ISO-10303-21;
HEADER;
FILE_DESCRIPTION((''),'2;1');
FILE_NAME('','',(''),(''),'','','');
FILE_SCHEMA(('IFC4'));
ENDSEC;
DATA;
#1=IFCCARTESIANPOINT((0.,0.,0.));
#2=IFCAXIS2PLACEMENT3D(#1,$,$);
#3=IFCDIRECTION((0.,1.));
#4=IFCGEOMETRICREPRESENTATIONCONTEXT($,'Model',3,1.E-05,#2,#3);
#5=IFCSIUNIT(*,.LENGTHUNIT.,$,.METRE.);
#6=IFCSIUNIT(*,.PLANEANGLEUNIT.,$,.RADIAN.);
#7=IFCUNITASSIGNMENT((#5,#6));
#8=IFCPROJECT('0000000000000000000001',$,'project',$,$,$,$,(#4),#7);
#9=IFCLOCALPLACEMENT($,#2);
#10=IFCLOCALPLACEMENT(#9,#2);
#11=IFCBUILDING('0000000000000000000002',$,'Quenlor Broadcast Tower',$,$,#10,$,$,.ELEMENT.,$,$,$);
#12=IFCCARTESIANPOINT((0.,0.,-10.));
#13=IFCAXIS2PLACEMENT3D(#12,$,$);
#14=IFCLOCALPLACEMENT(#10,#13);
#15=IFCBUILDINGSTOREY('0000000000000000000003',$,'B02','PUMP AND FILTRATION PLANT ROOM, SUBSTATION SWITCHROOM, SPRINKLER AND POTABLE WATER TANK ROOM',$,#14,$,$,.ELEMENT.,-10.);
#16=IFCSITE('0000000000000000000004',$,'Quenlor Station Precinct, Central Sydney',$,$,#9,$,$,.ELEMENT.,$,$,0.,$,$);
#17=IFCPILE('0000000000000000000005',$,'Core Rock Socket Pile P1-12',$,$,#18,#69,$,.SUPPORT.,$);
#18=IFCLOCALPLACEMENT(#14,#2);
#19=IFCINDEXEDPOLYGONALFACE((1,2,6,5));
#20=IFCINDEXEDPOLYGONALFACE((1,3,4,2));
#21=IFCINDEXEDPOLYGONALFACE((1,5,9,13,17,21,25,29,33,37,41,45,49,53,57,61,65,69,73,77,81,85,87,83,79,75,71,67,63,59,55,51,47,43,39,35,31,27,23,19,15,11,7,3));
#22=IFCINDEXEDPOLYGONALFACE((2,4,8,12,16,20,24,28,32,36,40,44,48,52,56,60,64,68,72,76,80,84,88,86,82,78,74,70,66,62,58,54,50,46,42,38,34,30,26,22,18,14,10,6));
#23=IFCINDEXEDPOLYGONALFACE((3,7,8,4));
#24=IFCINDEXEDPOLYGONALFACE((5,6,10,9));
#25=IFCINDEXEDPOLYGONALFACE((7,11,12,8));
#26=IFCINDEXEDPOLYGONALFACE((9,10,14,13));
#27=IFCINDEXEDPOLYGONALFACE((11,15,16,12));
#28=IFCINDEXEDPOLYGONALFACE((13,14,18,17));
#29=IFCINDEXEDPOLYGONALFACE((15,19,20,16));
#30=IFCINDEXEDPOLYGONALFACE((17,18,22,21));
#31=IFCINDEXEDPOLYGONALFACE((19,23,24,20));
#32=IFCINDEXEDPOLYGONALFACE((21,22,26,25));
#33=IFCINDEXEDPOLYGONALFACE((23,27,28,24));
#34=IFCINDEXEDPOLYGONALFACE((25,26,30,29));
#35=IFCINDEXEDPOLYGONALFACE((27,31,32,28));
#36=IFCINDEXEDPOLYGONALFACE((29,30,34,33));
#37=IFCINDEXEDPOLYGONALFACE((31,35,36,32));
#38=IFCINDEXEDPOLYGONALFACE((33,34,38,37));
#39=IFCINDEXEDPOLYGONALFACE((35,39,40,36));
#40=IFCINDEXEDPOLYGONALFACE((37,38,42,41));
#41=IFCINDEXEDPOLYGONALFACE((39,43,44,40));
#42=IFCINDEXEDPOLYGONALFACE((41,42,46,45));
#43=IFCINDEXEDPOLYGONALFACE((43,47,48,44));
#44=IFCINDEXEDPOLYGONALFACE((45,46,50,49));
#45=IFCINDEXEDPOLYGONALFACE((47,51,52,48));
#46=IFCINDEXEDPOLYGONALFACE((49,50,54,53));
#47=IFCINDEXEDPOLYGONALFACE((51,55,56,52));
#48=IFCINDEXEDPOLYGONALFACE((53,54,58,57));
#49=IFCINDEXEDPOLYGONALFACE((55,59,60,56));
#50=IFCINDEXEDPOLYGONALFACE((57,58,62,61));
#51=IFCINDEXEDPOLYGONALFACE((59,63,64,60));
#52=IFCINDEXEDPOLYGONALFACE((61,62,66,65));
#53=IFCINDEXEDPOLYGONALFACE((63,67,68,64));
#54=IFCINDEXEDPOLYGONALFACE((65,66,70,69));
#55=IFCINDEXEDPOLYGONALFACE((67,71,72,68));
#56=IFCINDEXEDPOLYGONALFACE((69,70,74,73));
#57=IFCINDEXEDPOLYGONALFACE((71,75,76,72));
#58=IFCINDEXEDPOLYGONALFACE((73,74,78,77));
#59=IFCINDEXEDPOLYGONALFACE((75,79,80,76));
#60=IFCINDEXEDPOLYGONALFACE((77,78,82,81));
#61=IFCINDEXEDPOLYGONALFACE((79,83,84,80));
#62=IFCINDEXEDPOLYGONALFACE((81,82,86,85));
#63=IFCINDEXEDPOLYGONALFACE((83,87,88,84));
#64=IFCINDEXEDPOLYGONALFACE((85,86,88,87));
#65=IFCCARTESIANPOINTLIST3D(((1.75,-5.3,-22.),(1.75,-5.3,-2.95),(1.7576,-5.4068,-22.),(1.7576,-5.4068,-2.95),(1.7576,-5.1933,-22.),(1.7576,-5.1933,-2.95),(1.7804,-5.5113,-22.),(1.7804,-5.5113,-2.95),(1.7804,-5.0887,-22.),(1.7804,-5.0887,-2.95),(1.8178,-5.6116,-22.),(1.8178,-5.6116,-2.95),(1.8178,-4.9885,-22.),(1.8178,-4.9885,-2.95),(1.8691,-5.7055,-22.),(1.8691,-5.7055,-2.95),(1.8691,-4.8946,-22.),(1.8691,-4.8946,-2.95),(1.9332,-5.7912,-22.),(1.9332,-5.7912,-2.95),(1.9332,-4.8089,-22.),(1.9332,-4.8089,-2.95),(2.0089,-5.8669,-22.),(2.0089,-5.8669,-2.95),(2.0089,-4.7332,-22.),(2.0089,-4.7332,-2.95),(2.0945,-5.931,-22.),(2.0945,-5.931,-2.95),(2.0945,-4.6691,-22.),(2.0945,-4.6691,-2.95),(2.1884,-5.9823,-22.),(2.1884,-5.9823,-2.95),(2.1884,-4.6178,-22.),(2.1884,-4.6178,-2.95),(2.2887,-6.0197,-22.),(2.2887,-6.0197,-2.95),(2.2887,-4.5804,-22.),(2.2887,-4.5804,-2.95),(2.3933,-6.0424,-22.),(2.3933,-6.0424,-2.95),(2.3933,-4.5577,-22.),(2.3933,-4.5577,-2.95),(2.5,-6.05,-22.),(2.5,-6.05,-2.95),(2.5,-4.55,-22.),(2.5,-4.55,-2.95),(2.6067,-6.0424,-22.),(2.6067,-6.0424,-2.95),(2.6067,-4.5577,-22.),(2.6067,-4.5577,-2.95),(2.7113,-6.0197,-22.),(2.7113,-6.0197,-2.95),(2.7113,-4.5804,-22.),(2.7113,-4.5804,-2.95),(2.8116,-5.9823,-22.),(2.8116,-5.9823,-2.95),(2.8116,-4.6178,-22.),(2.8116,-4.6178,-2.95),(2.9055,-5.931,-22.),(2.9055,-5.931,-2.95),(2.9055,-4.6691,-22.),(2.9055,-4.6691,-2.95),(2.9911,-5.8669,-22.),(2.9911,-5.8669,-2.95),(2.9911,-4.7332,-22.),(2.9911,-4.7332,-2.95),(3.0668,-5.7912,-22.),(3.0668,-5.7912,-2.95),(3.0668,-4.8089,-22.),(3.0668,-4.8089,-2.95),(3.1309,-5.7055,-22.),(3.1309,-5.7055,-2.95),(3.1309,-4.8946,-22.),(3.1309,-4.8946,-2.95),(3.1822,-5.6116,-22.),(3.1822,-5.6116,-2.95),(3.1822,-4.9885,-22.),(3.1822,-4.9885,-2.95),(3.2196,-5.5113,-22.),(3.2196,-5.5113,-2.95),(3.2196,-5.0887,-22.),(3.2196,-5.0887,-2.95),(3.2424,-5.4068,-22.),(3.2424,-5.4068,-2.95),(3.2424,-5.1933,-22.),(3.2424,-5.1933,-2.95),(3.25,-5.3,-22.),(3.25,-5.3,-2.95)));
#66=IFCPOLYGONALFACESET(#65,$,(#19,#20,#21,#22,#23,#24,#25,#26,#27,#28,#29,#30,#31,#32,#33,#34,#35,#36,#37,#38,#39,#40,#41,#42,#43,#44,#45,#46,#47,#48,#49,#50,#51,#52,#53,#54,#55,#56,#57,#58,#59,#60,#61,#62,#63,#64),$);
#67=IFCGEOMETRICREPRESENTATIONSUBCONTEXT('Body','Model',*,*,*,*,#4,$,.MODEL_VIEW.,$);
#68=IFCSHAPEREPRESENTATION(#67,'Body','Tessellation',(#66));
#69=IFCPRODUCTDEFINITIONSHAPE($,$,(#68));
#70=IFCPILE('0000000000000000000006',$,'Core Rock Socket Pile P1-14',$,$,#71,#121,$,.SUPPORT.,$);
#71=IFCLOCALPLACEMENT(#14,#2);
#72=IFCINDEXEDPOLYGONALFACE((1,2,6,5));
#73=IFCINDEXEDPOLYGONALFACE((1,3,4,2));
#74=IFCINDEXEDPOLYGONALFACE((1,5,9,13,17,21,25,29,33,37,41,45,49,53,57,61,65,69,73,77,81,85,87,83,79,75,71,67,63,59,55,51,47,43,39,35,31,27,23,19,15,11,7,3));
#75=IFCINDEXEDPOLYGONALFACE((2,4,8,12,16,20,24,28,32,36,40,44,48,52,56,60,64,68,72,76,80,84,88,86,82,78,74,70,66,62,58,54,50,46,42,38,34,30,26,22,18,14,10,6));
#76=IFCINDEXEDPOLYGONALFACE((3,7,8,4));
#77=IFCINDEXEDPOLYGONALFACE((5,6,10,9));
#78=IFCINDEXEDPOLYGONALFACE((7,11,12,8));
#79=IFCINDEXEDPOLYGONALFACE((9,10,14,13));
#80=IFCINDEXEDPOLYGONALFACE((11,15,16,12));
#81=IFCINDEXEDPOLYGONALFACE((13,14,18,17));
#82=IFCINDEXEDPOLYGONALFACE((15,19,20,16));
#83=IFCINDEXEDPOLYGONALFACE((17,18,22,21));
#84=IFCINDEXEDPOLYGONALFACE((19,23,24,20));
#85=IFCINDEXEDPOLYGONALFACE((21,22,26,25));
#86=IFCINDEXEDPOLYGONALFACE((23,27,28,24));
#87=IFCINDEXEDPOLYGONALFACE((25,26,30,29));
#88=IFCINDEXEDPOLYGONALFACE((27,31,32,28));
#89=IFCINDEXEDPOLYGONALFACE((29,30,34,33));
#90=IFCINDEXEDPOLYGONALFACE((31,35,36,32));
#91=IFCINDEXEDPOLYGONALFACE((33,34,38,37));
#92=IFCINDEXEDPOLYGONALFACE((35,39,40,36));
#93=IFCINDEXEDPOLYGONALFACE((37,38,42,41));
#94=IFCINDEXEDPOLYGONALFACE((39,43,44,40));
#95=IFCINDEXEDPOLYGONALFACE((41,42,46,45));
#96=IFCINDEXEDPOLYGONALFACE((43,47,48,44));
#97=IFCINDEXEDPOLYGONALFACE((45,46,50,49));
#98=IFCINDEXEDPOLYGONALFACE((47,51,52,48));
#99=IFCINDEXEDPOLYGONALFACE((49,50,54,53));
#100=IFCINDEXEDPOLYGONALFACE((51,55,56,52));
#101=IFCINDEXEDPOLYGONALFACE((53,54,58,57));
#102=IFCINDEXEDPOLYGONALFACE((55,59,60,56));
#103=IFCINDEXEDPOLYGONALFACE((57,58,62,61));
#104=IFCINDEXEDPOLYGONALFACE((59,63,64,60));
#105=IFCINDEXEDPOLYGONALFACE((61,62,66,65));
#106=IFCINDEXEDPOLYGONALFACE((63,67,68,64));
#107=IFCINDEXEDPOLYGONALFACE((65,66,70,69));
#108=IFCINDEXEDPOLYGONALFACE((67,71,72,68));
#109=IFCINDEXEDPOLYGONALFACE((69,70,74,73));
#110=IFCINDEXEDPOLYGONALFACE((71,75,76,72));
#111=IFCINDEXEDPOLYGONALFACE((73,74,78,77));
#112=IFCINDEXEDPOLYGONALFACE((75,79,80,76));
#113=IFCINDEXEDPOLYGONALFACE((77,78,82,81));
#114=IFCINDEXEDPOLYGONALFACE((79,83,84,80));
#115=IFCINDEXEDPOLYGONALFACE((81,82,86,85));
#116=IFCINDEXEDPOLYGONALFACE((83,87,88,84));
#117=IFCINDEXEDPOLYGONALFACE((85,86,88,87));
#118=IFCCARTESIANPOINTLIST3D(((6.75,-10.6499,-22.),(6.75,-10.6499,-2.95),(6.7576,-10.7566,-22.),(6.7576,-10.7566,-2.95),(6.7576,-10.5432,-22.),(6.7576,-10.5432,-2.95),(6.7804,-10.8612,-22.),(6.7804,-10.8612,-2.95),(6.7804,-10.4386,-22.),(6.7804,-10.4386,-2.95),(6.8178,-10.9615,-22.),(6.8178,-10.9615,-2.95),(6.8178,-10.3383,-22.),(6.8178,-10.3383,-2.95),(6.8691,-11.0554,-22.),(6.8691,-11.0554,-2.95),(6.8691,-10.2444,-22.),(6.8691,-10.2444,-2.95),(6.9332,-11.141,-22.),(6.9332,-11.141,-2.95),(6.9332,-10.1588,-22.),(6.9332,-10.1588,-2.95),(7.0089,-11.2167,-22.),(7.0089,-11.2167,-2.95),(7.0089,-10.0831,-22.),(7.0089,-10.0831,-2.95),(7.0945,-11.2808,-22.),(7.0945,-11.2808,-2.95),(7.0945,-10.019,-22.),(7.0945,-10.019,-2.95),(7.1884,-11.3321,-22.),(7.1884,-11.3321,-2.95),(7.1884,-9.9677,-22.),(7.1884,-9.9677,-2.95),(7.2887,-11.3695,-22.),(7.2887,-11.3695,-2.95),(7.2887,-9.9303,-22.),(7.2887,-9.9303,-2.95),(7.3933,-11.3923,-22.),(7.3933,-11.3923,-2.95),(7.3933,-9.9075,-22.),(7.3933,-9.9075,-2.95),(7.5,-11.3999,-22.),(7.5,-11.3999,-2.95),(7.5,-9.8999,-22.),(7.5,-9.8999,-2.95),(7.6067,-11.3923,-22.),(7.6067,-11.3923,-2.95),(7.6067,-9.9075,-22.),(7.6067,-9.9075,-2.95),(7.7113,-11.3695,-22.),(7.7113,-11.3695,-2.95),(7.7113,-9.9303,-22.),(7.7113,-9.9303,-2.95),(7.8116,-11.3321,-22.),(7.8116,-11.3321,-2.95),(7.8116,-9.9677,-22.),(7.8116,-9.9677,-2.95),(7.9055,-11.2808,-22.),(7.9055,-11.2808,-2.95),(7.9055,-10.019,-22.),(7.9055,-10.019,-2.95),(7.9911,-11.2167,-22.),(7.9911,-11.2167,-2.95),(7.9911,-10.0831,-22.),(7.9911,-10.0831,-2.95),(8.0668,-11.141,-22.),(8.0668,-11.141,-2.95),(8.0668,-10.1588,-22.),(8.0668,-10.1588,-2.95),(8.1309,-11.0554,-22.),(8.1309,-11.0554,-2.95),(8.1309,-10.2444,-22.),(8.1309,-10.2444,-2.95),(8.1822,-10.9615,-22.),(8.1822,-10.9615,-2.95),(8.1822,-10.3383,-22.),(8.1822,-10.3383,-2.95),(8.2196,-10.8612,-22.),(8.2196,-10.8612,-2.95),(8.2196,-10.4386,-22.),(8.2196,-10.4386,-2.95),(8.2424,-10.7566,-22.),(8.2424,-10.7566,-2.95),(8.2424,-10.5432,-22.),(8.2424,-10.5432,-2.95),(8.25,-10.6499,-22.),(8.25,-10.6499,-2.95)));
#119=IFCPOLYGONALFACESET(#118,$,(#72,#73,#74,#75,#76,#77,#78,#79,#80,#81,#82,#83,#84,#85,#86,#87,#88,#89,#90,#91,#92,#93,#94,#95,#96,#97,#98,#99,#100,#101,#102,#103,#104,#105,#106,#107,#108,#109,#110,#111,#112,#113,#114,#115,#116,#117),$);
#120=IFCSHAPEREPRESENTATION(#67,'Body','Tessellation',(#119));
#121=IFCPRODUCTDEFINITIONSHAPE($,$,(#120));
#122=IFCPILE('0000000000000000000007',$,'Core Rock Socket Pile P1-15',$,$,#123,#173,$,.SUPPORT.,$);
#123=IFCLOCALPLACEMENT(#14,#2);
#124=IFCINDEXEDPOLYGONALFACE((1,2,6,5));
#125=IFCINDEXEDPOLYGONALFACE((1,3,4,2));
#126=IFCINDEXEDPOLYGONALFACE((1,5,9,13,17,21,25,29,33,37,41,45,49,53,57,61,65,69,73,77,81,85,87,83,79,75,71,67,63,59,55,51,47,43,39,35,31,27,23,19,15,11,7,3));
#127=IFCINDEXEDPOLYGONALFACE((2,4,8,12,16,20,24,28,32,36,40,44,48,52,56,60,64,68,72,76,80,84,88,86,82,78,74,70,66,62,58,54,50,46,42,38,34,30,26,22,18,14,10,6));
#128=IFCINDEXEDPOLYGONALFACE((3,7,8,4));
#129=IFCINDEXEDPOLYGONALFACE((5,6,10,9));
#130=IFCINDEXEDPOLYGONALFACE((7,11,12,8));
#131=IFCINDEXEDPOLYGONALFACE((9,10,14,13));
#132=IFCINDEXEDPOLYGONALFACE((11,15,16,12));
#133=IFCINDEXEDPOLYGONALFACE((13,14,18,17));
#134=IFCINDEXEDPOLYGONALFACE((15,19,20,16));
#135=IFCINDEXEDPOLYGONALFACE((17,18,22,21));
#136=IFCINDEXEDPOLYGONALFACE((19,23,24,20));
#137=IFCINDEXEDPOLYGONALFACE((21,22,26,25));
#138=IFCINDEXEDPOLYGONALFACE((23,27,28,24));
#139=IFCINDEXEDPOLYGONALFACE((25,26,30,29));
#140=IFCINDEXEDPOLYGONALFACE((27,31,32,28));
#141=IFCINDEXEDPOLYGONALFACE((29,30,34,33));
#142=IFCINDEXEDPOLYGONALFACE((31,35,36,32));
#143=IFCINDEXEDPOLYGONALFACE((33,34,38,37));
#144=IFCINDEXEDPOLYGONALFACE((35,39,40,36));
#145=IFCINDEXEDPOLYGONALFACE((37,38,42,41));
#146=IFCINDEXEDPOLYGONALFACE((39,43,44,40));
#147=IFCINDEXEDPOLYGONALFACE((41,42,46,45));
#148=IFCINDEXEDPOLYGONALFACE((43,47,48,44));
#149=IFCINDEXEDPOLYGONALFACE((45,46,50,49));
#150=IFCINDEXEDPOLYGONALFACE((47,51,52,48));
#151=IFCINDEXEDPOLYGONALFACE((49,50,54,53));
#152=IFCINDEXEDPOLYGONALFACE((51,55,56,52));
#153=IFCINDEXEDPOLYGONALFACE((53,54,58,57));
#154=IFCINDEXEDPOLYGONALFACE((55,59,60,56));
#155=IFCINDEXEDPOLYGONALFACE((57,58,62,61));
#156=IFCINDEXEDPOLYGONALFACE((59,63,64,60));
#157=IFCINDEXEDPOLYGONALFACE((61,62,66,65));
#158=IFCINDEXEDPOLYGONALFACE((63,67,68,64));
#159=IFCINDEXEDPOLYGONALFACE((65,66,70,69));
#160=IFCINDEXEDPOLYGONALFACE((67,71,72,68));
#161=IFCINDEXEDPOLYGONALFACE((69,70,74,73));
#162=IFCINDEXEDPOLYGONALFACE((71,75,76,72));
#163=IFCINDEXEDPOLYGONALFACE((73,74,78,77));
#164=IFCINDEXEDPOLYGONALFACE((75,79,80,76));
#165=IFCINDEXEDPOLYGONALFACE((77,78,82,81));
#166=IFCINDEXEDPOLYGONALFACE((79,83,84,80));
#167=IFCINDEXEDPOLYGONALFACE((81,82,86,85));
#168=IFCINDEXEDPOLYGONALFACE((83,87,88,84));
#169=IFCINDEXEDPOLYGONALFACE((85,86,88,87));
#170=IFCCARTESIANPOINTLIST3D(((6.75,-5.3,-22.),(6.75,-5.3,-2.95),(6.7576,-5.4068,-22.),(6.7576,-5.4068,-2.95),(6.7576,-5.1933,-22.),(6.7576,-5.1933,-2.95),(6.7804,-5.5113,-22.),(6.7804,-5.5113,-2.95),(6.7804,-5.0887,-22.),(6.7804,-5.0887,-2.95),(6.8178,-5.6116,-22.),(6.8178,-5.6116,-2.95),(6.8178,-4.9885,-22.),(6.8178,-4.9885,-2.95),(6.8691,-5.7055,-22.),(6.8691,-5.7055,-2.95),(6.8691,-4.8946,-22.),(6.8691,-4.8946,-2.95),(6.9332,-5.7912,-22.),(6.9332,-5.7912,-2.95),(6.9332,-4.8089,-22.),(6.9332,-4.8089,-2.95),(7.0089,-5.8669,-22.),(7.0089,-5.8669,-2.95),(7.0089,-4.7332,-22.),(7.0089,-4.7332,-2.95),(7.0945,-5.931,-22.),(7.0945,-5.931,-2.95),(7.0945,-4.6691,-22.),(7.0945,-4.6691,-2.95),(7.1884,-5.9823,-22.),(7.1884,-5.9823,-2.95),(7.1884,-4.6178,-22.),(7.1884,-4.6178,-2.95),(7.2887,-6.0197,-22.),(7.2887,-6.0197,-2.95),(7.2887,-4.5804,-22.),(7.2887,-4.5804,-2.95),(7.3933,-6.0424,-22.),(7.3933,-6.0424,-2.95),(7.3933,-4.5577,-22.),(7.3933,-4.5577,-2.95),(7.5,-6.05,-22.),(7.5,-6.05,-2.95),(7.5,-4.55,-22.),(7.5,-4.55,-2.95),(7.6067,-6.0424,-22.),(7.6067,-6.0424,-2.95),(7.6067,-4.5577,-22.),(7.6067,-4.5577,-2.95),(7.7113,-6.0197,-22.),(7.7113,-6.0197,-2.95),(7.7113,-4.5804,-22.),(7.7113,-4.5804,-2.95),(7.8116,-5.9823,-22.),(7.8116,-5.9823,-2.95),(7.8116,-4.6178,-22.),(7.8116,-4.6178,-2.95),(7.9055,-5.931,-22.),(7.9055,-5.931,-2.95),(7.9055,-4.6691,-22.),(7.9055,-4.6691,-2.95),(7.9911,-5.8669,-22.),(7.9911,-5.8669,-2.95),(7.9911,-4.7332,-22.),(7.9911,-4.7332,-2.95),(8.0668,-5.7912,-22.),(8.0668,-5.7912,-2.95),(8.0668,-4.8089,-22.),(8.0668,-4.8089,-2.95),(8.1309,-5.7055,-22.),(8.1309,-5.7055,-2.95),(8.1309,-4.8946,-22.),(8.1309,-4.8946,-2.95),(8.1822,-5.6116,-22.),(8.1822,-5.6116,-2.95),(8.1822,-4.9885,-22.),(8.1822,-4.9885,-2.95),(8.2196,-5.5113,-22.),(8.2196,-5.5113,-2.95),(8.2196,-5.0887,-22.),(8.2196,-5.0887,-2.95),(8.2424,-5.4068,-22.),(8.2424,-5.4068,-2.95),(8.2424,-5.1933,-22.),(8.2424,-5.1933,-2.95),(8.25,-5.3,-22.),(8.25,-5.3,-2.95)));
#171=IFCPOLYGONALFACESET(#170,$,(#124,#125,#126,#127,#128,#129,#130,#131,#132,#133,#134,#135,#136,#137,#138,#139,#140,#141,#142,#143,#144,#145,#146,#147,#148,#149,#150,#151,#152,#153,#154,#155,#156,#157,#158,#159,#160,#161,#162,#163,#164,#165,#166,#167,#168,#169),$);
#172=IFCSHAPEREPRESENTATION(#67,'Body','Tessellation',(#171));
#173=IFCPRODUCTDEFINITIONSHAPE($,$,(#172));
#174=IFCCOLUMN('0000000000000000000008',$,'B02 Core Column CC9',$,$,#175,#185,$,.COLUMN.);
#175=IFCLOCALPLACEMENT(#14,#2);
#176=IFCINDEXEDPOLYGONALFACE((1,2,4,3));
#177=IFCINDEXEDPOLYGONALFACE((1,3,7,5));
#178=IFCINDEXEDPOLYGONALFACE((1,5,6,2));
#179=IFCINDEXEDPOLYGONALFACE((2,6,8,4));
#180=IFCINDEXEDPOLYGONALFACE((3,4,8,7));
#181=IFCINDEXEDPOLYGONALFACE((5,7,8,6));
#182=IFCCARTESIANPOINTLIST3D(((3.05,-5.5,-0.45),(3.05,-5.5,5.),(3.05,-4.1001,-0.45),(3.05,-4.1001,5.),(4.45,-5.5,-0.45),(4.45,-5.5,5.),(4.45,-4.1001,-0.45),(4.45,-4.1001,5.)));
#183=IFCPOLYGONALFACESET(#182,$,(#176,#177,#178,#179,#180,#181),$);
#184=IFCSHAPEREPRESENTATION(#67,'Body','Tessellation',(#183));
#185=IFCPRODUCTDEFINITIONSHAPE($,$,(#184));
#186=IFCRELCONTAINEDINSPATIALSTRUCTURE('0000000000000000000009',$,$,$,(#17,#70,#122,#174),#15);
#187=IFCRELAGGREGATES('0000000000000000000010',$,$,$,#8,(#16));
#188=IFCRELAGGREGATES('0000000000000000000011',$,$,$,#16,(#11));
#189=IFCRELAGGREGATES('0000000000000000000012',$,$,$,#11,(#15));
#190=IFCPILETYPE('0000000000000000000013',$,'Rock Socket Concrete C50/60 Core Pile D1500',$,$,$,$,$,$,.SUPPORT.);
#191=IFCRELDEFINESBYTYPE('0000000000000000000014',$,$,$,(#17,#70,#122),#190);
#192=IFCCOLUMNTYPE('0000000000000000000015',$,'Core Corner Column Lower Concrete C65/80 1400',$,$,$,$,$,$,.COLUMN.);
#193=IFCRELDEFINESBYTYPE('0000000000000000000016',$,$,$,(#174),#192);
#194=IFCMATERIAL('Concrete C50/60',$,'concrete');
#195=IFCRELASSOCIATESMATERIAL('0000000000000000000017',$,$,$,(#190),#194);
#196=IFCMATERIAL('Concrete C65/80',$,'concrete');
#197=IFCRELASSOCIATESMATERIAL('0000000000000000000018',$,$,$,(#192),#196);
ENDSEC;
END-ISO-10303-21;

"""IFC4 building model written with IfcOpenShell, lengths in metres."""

from ifc_helpers import new_model, si_unit, direction, frame, origin, origin_2d, place, context, subcontext, project, spatial, rectangle, circle, extrude, material, material_profile, profile_set, type_object, element, save


model = new_model("IFC4")

# Units and contexts
model_context = context("Model", 3, precision=1e-05, world=origin(), true_north=direction((0.0, 1.0)))
body_context = subcontext(model_context, "Body", "Model", "MODEL_VIEW")
ifc_project = project(units=[si_unit("LENGTHUNIT", "METRE"), si_unit("PLANEANGLEUNIT", "RADIAN")], contexts=[model_context])

# Site, building, storey
site_placement = place(None, origin())
site = spatial("IfcSite", under=ifc_project, at=site_placement, Name="Quenlor Station Precinct, Central Sydney", CompositionType="ELEMENT", RefElevation=0.0)
building_placement = place(site_placement, origin())
building = spatial("IfcBuilding", under=site, at=building_placement, Name="Quenlor Broadcast Tower", CompositionType="ELEMENT")
storey_placement = place(building_placement, frame((0.0, 0.0, -10.0)))
storey = spatial("IfcBuildingStorey", under=building, at=storey_placement, Name="B02", Description="PUMP AND FILTRATION PLANT ROOM, SUBSTATION SWITCHROOM, SPRINKLER AND POTABLE WATER TANK ROOM", CompositionType="ELEMENT", Elevation=-10.0)

# Piles
ifc_material_1 = material(Name="Concrete C50/60", Category="concrete")
ifc_material_profile_1 = material_profile(ifc_material_1, circle(Radius=0.75, at=origin_2d()))
ifc_profile_set_1 = profile_set([ifc_material_profile_1], Name="Concrete C50/60 PILE1500")
pile_type = type_object("IfcPileType", Name="Rock Socket Concrete C50/60 Core Pile D1500", PredefinedType="SUPPORT", material=ifc_profile_set_1)
for number, where, z_axis, x_axis, name in (
    (1, (2.5, -5.3, -2.95), (0.0, 0.0, -1.0), (1.0, 0.0, 0.0), "Core Rock Socket Pile P1-12"),
    (2, (7.5, -10.6499, -2.95), (0.0, 0.0, -1.0), (1.0, 0.0, 0.0), "Core Rock Socket Pile P1-14"),
    (3, (7.5, -5.3, -2.95), (0.0, 0.0, -1.0), (1.0, 0.0, 0.0), "Core Rock Socket Pile P1-15"),
):
    element("IfcPile", number, at=place(storey_placement, frame(where, z_axis=z_axis, x_axis=x_axis)), inside=storey, type_object=pile_type, Name=name, PredefinedType="SUPPORT", context=body_context, shape_type="SweptSolid", body=[
        extrude(circle(Radius=0.75, at=origin_2d()), origin(), (0.0, 0.0, 1.0), 19.05),
    ])

# Column
ifc_material_2 = material(Name="Concrete C65/80", Category="concrete")
ifc_material_profile_2 = material_profile(ifc_material_2, rectangle(XDim=1.3999, YDim=1.3999, at=origin_2d()))
ifc_profile_set_2 = profile_set([ifc_material_profile_2], Name="Concrete C65/80 RC1400x1400")
column_type = type_object("IfcColumnType", Name="Core Corner Column Lower Concrete C65/80 1400", PredefinedType="COLUMN", material=ifc_profile_set_2)
column_placement = place(storey_placement, frame((3.75, -4.8, -0.45), z_axis=(0.0, 0.0, 1.0), x_axis=(1.0, 0.0, 0.0)))
element("IfcColumn", 4, at=column_placement, inside=storey, type_object=column_type, Name="B02 Core Column CC9", PredefinedType="COLUMN", context=body_context, shape_type="SweptSolid", body=[
    extrude(rectangle(XDim=1.3999, YDim=1.3999, at=origin_2d()), origin(), (0.0, 0.0, 1.0), 5.45),
])

save(model, "model.ifc")
